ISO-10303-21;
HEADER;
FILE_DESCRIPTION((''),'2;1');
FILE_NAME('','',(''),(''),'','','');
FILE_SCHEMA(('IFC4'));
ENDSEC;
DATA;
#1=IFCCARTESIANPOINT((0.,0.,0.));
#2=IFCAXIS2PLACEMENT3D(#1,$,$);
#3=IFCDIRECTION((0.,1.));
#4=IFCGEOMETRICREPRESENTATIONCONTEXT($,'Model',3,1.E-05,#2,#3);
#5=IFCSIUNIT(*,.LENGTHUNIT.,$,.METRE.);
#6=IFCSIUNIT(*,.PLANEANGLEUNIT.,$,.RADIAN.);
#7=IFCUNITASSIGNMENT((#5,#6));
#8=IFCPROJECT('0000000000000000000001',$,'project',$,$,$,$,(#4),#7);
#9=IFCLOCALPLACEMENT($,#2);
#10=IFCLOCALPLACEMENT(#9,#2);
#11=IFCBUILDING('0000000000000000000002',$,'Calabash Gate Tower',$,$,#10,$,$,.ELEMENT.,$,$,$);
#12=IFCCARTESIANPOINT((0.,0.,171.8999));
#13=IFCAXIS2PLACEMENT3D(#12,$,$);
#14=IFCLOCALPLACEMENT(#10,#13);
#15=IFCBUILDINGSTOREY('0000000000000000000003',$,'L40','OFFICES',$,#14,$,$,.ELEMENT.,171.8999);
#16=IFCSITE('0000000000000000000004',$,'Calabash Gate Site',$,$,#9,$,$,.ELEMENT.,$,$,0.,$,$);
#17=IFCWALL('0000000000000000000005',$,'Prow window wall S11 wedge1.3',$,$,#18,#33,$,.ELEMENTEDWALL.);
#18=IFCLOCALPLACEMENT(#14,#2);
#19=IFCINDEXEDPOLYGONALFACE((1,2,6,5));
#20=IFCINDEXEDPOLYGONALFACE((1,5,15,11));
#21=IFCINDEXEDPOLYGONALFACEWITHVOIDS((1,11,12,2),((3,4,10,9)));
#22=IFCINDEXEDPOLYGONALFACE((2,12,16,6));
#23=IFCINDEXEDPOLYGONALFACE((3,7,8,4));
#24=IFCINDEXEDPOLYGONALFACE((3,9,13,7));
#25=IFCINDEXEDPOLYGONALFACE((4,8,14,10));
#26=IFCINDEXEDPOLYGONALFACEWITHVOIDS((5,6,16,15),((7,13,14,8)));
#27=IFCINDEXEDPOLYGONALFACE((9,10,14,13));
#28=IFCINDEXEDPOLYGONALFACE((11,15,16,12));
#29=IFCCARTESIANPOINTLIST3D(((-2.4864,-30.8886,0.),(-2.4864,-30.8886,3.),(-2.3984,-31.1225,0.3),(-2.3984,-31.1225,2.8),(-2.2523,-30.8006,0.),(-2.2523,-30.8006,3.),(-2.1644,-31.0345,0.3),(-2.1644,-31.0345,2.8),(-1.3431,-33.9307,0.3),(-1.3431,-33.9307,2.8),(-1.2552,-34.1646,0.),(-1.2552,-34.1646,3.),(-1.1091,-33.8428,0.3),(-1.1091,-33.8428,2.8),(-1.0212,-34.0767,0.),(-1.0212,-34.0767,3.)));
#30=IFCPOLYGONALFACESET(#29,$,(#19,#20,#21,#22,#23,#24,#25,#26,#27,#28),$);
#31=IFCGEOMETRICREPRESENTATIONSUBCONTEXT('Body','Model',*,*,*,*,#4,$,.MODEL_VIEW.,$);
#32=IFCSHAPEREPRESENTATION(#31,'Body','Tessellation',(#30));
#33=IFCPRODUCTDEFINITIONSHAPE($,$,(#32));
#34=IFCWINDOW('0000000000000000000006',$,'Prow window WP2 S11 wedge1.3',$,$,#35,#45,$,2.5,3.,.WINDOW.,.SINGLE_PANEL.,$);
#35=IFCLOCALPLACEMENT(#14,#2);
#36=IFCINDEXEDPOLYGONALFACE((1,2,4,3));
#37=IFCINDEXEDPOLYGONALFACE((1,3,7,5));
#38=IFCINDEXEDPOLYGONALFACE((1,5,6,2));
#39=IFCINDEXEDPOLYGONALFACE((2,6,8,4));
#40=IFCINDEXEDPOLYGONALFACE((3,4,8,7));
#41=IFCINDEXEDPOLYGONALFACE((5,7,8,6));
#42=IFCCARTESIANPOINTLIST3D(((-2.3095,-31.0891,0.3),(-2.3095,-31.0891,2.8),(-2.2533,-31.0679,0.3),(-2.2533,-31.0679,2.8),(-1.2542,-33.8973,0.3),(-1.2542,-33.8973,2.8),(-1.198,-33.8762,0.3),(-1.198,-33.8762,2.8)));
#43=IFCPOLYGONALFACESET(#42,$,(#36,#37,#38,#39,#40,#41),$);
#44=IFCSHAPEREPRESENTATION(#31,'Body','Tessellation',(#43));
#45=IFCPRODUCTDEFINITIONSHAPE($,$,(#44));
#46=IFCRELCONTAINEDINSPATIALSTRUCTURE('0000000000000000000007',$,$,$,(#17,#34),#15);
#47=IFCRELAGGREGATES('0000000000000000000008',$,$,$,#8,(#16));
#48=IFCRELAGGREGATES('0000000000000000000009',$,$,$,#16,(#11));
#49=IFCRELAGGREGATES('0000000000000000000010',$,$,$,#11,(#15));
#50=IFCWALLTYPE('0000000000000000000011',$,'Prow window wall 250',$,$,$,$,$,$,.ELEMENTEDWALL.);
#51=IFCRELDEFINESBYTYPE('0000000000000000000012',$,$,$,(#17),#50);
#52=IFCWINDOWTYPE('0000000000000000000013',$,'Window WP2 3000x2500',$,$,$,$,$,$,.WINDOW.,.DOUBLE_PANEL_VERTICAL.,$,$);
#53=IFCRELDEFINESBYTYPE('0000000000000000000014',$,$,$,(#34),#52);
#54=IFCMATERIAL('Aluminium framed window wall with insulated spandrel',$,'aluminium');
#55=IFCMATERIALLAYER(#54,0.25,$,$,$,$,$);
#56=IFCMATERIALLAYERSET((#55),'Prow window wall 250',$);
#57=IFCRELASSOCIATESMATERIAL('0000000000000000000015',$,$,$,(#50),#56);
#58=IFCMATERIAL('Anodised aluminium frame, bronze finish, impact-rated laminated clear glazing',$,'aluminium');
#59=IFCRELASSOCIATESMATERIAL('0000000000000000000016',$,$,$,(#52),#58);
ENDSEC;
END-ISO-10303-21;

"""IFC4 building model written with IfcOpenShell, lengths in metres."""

from ifc_helpers import new_model, si_unit, direction, frame, frame_2d, origin, place, context, subcontext, project, spatial, rectangle, extrude, material, layer, layer_set, type_object, element, fill, save


model = new_model("IFC4")

# Units and contexts
model_context = context("Model", 3, precision=1e-05, world=origin(), true_north=direction((0.0, 1.0)))
body_context = subcontext(model_context, "Body", "Model", "MODEL_VIEW")
ifc_project = project(units=[si_unit("LENGTHUNIT", "METRE"), si_unit("PLANEANGLEUNIT", "RADIAN")], contexts=[model_context])

# Site, building, storey
site_placement = place(None, origin())
site = spatial("IfcSite", under=ifc_project, at=site_placement, Name="Calabash Gate Site", CompositionType="ELEMENT", RefElevation=0.0)
building_placement = place(site_placement, origin())
building = spatial("IfcBuilding", under=site, at=building_placement, Name="Calabash Gate Tower", CompositionType="ELEMENT")
storey_placement = place(building_placement, frame((0.0, 0.0, 171.8999)))
storey = spatial("IfcBuildingStorey", under=building, at=storey_placement, Name="L40", Description="OFFICES", CompositionType="ELEMENT", Elevation=171.8999)

# Wall, opening, window
ifc_material_1 = material(Name="Aluminium framed window wall with insulated spandrel", Category="aluminium")
ifc_layer_1 = layer(ifc_material_1, 0.25)
ifc_layer_set_1 = layer_set([ifc_layer_1], Name="Prow window wall 250")
wall_type_1 = type_object("IfcWallType", Name="Prow window wall 250", PredefinedType="ELEMENTEDWALL", material=ifc_layer_set_1)
ifc_material_2 = material(Name="Anodised aluminium frame, bronze finish, impact-rated laminated clear glazing", Category="aluminium")
window_type = type_object("IfcWindowType", Name="Window WP2 3000x2500", PartitioningType="DOUBLE_PANEL_VERTICAL", PredefinedType="WINDOW", material=ifc_material_2)
wall_1_placement = place(storey_placement, frame((-2.3694, -30.8445, 0.0), z_axis=(0.0, 0.0, 1.0), x_axis=(0.351788, -0.93608, 0.0)))
wall_1 = element("IfcWall", 1, at=wall_1_placement, inside=storey, type_object=wall_type_1, Name="Prow window wall S11 wedge1.3", PredefinedType="ELEMENTEDWALL", context=body_context, shape_type="SweptSolid", body=[
    extrude(rectangle(XDim=3.4998, YDim=0.25, at=frame_2d((1.75, 0.0))), origin(), (0.0, 0.0, 1.0), 3.0),
])
opening_1_placement = place(wall_1_placement, frame((0.25, 0.0, 0.3)))
opening_1 = element("IfcOpeningElement", 2, at=opening_1_placement, cuts=wall_1, PredefinedType="OPENING", context=body_context, shape_type="SweptSolid", body=[
    extrude(rectangle(XDim=3.0, YDim=2.5, at=frame_2d((1.5, 1.25))), frame((0.0, 0.135, 0.0), z_axis=(0.0, -1.0, 0.0), x_axis=(1.0, 0.0, 0.0)), (0.0, 0.0, 1.0), 0.27),
])
window_1_placement = place(opening_1_placement, origin())
window_1 = element("IfcWindow", 3, at=window_1_placement, inside=storey, type_object=window_type, Name="Prow window WP2 S11 wedge1.3", OverallHeight=2.5, OverallWidth=3.0, PartitioningType="SINGLE_PANEL", PredefinedType="WINDOW", context=body_context, shape_type="SweptSolid", body=[
    extrude(rectangle(XDim=3.0, YDim=2.5, at=frame_2d((1.5, 1.25))), frame((0.0, 0.03, 0.0), z_axis=(0.0, -1.0, 0.0), x_axis=(1.0, 0.0, 0.0)), (0.0, 0.0, 1.0), 0.0601),
])
fill(opening_1, window_1)

save(model, "model.ifc")
